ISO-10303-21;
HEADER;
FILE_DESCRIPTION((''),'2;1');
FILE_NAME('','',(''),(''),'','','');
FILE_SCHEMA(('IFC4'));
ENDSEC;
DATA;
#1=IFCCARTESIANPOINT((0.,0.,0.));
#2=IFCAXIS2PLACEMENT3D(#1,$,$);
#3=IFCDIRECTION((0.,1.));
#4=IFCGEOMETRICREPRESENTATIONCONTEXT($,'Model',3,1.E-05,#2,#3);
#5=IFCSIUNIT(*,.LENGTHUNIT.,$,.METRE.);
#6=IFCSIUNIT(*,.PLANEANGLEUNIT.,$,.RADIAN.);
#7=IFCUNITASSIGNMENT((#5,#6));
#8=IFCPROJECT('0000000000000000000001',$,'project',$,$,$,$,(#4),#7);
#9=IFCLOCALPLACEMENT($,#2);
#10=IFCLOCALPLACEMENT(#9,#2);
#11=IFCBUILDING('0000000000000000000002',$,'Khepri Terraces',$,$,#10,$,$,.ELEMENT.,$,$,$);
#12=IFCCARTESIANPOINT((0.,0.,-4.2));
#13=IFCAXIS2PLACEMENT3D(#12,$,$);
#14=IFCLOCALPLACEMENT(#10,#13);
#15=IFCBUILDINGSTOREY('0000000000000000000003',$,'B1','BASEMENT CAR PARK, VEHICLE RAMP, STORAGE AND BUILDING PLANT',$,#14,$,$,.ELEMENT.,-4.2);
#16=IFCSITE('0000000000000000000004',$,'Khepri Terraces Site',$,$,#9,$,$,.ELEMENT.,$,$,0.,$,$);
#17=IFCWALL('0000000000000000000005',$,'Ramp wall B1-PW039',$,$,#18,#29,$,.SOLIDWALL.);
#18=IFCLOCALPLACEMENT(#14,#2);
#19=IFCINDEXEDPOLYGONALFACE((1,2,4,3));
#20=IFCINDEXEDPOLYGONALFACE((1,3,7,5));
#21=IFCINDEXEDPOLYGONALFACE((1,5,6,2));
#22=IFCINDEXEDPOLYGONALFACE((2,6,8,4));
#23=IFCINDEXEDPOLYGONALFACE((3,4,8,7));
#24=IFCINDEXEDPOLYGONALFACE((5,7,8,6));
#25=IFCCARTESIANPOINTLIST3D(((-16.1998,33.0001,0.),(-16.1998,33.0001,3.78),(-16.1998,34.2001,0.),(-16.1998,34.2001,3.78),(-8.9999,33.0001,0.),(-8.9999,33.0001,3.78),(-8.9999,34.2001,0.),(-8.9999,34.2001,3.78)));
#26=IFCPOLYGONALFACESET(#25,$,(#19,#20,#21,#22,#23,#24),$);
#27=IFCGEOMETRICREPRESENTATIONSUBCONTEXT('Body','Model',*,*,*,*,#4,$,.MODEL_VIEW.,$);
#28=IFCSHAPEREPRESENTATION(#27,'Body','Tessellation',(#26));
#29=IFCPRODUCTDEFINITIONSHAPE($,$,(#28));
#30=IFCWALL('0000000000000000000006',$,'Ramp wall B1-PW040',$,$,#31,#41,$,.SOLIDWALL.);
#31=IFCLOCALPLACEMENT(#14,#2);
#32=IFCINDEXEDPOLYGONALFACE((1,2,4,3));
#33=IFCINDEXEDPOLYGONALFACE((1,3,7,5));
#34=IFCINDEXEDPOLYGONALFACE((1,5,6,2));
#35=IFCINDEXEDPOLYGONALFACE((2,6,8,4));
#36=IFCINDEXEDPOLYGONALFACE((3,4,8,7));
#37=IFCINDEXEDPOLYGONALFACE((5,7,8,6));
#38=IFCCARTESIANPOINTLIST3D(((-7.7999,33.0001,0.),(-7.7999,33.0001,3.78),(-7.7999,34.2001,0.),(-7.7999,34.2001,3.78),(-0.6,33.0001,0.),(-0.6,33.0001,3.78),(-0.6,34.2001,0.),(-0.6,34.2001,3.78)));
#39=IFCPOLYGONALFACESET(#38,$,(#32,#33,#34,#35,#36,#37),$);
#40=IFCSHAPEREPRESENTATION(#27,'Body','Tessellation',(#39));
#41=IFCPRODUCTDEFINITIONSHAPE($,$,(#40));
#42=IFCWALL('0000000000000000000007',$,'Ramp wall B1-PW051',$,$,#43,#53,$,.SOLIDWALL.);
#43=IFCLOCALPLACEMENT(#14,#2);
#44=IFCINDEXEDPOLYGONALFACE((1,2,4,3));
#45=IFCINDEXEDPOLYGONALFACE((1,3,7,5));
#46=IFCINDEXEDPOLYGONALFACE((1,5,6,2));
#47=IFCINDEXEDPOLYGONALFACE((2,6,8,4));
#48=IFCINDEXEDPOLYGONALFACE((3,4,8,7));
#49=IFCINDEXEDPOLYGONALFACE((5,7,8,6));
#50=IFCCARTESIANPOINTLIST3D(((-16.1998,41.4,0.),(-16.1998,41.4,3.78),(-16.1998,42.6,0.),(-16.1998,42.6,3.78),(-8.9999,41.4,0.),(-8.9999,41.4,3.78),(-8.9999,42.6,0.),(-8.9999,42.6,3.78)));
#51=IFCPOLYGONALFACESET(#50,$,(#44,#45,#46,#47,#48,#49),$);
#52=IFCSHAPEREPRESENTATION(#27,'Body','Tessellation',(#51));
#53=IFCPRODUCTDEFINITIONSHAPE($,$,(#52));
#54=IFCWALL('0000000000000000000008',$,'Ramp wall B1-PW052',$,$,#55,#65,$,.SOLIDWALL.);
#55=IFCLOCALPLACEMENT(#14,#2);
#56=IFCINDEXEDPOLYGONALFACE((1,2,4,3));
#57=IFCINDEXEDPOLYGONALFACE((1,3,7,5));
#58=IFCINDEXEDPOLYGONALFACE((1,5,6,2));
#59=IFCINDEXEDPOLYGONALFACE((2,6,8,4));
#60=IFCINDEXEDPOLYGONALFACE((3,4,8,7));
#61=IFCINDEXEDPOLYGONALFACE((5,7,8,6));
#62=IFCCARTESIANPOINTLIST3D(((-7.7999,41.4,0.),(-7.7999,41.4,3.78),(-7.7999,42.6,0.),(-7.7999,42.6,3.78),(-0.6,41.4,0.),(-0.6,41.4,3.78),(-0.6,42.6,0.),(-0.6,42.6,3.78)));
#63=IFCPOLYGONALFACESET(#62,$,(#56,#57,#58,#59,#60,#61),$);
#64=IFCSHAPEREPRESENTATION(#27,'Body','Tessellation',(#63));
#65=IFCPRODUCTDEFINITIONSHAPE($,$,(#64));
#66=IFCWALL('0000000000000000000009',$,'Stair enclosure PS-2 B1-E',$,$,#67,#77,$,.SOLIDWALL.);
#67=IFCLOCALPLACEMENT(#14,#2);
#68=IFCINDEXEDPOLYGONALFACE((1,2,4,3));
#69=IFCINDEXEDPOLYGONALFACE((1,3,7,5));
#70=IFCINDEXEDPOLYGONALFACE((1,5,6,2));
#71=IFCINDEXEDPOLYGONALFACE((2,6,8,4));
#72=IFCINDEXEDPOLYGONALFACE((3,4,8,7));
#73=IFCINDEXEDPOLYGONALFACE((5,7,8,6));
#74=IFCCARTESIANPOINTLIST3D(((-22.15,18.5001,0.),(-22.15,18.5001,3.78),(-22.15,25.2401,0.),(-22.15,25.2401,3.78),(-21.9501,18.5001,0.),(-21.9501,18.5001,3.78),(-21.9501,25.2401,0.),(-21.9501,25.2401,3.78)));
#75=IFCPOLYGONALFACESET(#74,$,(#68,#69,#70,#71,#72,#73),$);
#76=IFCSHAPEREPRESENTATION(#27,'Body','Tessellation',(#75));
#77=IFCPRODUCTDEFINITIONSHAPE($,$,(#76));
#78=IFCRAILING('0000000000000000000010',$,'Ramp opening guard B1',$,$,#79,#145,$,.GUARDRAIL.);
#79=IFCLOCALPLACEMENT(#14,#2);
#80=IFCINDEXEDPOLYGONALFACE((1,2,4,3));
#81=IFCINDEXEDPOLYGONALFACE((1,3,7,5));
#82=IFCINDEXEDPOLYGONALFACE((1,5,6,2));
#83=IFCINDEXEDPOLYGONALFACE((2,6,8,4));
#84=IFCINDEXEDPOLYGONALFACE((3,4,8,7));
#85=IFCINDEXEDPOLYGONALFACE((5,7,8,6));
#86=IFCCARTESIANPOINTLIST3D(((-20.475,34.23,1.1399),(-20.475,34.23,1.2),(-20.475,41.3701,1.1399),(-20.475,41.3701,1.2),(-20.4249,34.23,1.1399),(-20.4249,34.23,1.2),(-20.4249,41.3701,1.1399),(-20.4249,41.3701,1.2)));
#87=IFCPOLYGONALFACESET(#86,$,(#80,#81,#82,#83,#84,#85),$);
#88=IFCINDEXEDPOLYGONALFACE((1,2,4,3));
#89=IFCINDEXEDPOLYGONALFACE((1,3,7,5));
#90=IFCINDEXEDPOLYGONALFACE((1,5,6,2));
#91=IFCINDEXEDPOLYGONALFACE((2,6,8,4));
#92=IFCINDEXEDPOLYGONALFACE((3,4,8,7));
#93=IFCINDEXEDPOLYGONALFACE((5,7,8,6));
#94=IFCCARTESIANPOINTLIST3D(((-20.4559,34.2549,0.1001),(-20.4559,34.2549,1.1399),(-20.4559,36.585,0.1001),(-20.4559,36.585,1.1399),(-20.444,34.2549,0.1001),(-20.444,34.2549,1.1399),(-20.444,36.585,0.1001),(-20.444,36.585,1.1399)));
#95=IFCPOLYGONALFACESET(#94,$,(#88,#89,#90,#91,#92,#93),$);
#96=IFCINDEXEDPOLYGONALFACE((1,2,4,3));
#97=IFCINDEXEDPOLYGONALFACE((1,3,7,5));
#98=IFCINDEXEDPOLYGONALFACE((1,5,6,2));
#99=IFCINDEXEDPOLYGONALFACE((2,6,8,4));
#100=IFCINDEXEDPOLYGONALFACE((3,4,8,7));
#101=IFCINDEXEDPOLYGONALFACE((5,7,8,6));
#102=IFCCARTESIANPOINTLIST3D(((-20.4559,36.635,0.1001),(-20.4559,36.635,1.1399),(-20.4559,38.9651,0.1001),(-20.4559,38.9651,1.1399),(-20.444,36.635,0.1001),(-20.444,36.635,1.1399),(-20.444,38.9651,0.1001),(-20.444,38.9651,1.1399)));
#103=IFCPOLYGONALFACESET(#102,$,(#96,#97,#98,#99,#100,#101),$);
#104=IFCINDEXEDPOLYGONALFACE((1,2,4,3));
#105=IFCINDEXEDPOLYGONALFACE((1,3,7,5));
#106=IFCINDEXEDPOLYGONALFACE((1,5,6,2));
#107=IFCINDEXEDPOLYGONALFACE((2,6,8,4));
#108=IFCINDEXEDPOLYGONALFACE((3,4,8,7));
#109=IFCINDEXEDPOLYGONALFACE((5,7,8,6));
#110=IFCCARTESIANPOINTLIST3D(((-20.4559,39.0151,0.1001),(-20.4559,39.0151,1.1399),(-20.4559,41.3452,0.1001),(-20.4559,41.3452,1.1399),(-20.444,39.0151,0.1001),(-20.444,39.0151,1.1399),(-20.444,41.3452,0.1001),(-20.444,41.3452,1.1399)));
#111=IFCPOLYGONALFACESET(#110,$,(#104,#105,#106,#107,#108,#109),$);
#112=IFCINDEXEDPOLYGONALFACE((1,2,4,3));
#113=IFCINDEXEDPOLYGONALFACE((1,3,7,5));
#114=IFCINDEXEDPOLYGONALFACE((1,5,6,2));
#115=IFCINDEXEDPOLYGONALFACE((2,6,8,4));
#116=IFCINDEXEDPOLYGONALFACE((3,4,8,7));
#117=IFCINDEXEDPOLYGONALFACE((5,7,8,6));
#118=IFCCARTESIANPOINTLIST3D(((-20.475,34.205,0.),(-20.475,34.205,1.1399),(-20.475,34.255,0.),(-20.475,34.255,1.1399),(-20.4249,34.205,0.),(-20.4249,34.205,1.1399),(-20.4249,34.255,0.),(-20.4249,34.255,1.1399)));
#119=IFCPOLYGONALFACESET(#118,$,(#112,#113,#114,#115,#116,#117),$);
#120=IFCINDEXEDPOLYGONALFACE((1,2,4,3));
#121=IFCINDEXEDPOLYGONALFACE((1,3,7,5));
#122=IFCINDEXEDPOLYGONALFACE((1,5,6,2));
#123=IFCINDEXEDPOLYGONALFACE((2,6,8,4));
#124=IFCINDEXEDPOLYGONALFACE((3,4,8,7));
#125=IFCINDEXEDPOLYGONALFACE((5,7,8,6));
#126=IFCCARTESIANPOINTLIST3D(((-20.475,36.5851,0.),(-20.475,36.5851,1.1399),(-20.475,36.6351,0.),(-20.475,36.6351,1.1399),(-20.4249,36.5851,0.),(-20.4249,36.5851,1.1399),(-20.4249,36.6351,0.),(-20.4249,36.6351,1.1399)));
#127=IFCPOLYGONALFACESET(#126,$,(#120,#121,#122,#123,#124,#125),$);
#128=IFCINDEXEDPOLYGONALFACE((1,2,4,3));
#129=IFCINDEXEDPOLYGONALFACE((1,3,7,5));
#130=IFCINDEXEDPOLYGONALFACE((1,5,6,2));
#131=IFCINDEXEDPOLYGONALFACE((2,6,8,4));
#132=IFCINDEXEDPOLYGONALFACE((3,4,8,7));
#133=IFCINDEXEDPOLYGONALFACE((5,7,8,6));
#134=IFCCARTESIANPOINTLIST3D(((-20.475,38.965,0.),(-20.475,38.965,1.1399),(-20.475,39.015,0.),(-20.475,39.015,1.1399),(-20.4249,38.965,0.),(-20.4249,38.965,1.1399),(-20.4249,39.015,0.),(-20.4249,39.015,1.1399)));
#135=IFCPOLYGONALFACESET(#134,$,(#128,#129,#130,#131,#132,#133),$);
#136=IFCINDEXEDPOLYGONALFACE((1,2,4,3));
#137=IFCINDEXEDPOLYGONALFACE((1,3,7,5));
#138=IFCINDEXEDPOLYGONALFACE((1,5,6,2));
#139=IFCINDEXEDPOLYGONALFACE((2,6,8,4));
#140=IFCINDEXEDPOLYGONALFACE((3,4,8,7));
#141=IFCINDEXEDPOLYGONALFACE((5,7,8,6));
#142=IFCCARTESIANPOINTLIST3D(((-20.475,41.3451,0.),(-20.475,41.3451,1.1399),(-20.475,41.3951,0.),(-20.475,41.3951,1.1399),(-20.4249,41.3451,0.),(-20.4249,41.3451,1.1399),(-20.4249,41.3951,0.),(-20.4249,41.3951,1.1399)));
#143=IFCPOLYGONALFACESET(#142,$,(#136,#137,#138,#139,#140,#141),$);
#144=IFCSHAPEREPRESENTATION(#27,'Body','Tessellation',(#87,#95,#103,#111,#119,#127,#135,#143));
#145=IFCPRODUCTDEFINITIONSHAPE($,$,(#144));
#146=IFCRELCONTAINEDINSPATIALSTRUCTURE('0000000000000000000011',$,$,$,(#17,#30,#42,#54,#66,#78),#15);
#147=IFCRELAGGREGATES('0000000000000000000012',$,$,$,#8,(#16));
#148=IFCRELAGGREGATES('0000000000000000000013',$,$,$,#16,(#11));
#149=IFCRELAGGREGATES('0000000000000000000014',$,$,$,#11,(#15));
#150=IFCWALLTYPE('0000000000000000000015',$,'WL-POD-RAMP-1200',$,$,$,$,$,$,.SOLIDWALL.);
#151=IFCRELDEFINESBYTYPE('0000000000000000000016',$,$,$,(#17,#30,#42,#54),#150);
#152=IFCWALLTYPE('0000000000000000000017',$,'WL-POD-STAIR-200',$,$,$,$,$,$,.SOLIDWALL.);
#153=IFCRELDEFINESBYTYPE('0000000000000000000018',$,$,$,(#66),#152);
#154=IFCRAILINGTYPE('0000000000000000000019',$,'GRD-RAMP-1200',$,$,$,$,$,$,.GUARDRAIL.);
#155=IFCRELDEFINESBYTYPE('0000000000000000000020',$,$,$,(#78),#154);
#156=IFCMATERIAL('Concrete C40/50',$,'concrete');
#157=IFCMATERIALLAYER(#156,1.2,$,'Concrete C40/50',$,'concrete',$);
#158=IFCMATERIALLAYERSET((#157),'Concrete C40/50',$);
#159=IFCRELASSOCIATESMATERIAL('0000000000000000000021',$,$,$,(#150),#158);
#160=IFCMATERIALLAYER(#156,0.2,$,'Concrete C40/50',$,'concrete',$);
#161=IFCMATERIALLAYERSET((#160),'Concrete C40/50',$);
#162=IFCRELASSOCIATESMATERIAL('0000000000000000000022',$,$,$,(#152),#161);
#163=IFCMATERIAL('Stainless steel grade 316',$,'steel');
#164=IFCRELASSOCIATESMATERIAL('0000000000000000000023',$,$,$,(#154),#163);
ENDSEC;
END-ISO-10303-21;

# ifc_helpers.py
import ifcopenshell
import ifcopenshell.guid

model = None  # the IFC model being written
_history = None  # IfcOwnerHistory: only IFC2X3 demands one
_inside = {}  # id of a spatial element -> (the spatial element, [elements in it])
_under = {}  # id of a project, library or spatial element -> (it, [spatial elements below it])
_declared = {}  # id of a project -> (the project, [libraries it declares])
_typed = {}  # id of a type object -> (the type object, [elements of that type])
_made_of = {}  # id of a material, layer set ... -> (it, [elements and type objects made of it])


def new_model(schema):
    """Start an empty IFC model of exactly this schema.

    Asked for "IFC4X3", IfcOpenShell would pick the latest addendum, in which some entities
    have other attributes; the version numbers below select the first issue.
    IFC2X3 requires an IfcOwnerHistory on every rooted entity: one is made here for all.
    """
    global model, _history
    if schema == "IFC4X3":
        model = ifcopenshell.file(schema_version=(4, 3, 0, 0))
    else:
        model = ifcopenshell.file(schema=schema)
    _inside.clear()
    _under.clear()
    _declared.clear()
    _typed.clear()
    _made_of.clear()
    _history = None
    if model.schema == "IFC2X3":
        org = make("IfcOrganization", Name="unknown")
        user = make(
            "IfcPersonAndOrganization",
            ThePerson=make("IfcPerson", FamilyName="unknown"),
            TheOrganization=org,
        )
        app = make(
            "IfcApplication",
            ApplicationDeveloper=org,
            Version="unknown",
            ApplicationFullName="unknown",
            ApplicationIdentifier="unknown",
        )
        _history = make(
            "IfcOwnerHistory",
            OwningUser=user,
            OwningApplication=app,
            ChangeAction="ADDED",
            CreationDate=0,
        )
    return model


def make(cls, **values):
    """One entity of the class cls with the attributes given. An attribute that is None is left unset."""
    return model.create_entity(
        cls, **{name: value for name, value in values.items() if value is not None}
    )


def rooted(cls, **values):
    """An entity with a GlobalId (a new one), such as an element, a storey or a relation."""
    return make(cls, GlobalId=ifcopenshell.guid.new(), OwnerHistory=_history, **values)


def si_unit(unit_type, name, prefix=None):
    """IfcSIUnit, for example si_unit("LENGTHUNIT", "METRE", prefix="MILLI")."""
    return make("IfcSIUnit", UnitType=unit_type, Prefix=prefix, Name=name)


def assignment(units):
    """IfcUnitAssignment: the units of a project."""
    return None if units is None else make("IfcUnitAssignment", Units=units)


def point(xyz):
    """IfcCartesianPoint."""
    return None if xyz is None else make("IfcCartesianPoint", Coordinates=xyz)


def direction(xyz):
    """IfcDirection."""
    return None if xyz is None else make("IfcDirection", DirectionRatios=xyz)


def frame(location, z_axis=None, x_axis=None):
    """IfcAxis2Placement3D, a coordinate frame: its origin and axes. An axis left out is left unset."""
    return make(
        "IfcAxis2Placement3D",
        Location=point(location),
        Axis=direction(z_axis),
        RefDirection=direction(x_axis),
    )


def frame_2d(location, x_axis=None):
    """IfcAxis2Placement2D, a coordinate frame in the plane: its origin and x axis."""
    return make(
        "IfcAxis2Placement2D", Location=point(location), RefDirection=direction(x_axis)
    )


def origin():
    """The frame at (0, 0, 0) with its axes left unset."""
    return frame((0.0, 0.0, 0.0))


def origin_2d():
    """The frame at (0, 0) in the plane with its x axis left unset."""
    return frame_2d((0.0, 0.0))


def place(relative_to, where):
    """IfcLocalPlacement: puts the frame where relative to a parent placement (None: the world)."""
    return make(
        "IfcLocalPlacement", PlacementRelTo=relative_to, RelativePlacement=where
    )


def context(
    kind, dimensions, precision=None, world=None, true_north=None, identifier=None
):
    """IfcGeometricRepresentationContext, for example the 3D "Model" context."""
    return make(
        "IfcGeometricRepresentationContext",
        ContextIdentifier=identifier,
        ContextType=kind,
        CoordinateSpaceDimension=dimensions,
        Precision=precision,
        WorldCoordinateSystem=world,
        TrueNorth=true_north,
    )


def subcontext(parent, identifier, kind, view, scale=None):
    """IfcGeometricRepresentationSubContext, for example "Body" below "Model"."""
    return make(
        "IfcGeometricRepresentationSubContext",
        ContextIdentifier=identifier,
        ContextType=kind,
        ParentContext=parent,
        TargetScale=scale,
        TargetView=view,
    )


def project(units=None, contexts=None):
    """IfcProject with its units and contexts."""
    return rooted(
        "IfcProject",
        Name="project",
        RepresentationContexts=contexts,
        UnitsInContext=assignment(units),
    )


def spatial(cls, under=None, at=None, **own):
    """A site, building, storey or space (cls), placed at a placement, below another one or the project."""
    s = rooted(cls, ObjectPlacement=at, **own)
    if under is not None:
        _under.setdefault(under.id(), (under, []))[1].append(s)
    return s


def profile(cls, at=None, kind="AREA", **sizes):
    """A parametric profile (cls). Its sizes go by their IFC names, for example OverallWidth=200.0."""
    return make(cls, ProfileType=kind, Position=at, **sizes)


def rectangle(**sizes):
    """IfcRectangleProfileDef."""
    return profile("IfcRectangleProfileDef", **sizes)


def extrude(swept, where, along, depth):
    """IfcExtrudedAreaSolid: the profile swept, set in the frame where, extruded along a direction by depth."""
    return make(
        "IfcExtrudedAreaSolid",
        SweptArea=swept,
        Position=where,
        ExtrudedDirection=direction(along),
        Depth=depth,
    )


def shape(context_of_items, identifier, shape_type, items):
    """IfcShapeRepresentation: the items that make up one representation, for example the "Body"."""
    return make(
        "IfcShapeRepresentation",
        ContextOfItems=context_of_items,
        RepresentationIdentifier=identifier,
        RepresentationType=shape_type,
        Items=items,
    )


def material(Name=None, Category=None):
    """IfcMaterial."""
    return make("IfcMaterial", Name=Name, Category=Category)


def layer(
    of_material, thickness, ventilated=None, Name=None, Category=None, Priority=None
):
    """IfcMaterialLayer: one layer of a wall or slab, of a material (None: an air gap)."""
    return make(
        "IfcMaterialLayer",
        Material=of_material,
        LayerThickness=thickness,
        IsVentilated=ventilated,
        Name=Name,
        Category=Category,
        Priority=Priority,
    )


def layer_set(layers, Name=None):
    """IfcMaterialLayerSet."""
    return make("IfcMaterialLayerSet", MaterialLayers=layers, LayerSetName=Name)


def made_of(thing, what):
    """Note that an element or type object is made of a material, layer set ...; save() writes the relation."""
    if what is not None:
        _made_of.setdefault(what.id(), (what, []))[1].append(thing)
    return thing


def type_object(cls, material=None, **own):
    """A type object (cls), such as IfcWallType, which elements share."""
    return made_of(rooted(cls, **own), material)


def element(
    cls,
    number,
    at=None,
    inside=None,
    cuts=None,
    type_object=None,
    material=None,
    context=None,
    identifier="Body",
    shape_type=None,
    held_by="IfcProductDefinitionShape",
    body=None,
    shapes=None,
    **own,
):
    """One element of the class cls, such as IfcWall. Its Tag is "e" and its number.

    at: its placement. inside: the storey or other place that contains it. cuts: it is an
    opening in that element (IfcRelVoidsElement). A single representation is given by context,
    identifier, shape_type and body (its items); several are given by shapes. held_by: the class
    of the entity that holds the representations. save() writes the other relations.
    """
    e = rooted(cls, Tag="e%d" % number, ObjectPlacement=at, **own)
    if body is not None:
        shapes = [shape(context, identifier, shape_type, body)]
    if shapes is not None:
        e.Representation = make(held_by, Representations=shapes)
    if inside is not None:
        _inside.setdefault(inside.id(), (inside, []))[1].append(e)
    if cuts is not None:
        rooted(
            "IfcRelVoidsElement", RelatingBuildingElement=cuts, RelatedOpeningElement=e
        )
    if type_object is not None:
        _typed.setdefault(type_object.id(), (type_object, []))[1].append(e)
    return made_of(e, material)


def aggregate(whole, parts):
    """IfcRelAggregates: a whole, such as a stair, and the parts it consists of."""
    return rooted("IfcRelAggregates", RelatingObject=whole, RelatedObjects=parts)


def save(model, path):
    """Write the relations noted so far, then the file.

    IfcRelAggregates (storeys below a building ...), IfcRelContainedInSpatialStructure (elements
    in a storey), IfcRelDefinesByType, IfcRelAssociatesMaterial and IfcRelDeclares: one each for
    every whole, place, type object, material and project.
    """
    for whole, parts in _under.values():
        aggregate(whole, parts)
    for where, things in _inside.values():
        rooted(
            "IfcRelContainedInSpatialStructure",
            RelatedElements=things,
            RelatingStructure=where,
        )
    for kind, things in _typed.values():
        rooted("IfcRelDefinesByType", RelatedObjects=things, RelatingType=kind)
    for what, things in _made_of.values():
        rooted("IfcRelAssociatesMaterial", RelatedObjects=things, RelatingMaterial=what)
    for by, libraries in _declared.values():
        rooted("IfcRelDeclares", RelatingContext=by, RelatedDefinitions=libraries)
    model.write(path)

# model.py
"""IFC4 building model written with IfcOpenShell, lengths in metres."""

from ifc_helpers import new_model, si_unit, direction, frame, frame_2d, origin, origin_2d, place, context, subcontext, project, spatial, rectangle, extrude, material, layer, layer_set, type_object, element, save


model = new_model("IFC4")

# Units and contexts
model_context = context("Model", 3, precision=1e-05, world=origin(), true_north=direction((0.0, 1.0)))
body_context = subcontext(model_context, "Body", "Model", "MODEL_VIEW")
ifc_project = project(units=[si_unit("LENGTHUNIT", "METRE"), si_unit("PLANEANGLEUNIT", "RADIAN")], contexts=[model_context])

# Site, building, storey
site_placement = place(None, origin())
site = spatial("IfcSite", under=ifc_project, at=site_placement, Name="Khepri Terraces Site", CompositionType="ELEMENT", RefElevation=0.0)
building_placement = place(site_placement, origin())
building = spatial("IfcBuilding", under=site, at=building_placement, Name="Khepri Terraces", CompositionType="ELEMENT")
storey_placement = place(building_placement, frame((0.0, 0.0, -4.2)))
storey = spatial("IfcBuildingStorey", under=building, at=storey_placement, Name="B1", Description="BASEMENT CAR PARK, VEHICLE RAMP, STORAGE AND BUILDING PLANT", CompositionType="ELEMENT", Elevation=-4.2)

# Walls
ifc_material_1 = material(Name="Concrete C40/50", Category="concrete")
ifc_layer_1 = layer(ifc_material_1, 1.2, Name="Concrete C40/50", Category="concrete")
ifc_layer_set_1 = layer_set([ifc_layer_1], Name="Concrete C40/50")
wall_type_1 = type_object("IfcWallType", Name="WL-POD-RAMP-1200", PredefinedType="SOLIDWALL", material=ifc_layer_set_1)
for number, where, z_axis, x_axis, name in (
    (1, (-16.2, 33.6001, 0.0), (0.0, 0.0, 1.0), (1.0, 0.0, 0.0), "Ramp wall B1-PW039"),
    (2, (-7.8, 33.6001, 0.0), (0.0, 0.0, 1.0), (1.0, 0.0, 0.0), "Ramp wall B1-PW040"),
    (3, (-16.2, 42.0, 0.0), (0.0, 0.0, 1.0), (1.0, 0.0, 0.0), "Ramp wall B1-PW051"),
    (4, (-7.8, 42.0, 0.0), (0.0, 0.0, 1.0), (1.0, 0.0, 0.0), "Ramp wall B1-PW052"),
):
    element("IfcWall", number, at=place(storey_placement, frame(where, z_axis=z_axis, x_axis=x_axis)), inside=storey, type_object=wall_type_1, Name=name, PredefinedType="SOLIDWALL", context=body_context, shape_type="SweptSolid", body=[
        extrude(rectangle(XDim=7.2, YDim=1.2, at=frame_2d((3.6001, 0.0))), origin(), (0.0, 0.0, 1.0), 3.78),
    ])
ifc_layer_2 = layer(ifc_material_1, 0.2, Name="Concrete C40/50", Category="concrete")
ifc_layer_set_2 = layer_set([ifc_layer_2], Name="Concrete C40/50")
wall_type_2 = type_object("IfcWallType", Name="WL-POD-STAIR-200", PredefinedType="SOLIDWALL", material=ifc_layer_set_2)
wall_1_placement = place(storey_placement, frame((-22.05, 18.5, 0.0), z_axis=(0.0, 0.0, 1.0), x_axis=(0.0, 1.0, 0.0)))
element("IfcWall", 5, at=wall_1_placement, inside=storey, type_object=wall_type_2, Name="Stair enclosure PS-2 B1-E", PredefinedType="SOLIDWALL", context=body_context, shape_type="SweptSolid", body=[
    extrude(rectangle(XDim=6.74, YDim=0.2, at=frame_2d((3.3701, 0.0))), origin(), (0.0, 0.0, 1.0), 3.78),
])

# Railing
ifc_material_2 = material(Name="Stainless steel grade 316", Category="steel")
railing_type = type_object("IfcRailingType", Name="GRD-RAMP-1200", PredefinedType="GUARDRAIL", material=ifc_material_2)
railing_placement = place(storey_placement, frame((-20.45, 34.23, 0.0)))
element("IfcRailing", 6, at=railing_placement, inside=storey, type_object=railing_type, Name="Ramp opening guard B1", PredefinedType="GUARDRAIL", context=body_context, shape_type="SweptSolid", body=[
    extrude(rectangle(XDim=0.05, YDim=0.0601, at=origin_2d()), frame((0.0, 0.0, 1.1699), z_axis=(0.0, 1.0, 0.0), x_axis=(-1.0, 0.0, 0.0)), (0.0, 0.0, 1.0), 7.1401),
    extrude(rectangle(XDim=2.3301, YDim=0.012, at=origin_2d()), frame((0.0, 1.1899, 0.1001), z_axis=(0.0, 0.0, 1.0), x_axis=(0.0, 1.0, 0.0)), (0.0, 0.0, 1.0), 1.0398),
    extrude(rectangle(XDim=2.3301, YDim=0.012, at=origin_2d()), frame((0.0, 3.5701, 0.1001), z_axis=(0.0, 0.0, 1.0), x_axis=(0.0, 1.0, 0.0)), (0.0, 0.0, 1.0), 1.0398),
    extrude(rectangle(XDim=2.3301, YDim=0.012, at=origin_2d()), frame((0.0, 5.9502, 0.1001), z_axis=(0.0, 0.0, 1.0), x_axis=(0.0, 1.0, 0.0)), (0.0, 0.0, 1.0), 1.0398),
    extrude(rectangle(XDim=0.05, YDim=0.05, at=origin_2d()), origin(), (0.0, 0.0, 1.0), 1.1399),
    extrude(rectangle(XDim=0.05, YDim=0.05, at=origin_2d()), frame((0.0, 2.3801, 0.0)), (0.0, 0.0, 1.0), 1.1399),
    extrude(rectangle(XDim=0.05, YDim=0.05, at=origin_2d()), frame((0.0, 4.76, 0.0)), (0.0, 0.0, 1.0), 1.1399),
    extrude(rectangle(XDim=0.05, YDim=0.05, at=origin_2d()), frame((0.0, 7.1401, 0.0)), (0.0, 0.0, 1.0), 1.1399),
])

save(model, "model.ifc")
